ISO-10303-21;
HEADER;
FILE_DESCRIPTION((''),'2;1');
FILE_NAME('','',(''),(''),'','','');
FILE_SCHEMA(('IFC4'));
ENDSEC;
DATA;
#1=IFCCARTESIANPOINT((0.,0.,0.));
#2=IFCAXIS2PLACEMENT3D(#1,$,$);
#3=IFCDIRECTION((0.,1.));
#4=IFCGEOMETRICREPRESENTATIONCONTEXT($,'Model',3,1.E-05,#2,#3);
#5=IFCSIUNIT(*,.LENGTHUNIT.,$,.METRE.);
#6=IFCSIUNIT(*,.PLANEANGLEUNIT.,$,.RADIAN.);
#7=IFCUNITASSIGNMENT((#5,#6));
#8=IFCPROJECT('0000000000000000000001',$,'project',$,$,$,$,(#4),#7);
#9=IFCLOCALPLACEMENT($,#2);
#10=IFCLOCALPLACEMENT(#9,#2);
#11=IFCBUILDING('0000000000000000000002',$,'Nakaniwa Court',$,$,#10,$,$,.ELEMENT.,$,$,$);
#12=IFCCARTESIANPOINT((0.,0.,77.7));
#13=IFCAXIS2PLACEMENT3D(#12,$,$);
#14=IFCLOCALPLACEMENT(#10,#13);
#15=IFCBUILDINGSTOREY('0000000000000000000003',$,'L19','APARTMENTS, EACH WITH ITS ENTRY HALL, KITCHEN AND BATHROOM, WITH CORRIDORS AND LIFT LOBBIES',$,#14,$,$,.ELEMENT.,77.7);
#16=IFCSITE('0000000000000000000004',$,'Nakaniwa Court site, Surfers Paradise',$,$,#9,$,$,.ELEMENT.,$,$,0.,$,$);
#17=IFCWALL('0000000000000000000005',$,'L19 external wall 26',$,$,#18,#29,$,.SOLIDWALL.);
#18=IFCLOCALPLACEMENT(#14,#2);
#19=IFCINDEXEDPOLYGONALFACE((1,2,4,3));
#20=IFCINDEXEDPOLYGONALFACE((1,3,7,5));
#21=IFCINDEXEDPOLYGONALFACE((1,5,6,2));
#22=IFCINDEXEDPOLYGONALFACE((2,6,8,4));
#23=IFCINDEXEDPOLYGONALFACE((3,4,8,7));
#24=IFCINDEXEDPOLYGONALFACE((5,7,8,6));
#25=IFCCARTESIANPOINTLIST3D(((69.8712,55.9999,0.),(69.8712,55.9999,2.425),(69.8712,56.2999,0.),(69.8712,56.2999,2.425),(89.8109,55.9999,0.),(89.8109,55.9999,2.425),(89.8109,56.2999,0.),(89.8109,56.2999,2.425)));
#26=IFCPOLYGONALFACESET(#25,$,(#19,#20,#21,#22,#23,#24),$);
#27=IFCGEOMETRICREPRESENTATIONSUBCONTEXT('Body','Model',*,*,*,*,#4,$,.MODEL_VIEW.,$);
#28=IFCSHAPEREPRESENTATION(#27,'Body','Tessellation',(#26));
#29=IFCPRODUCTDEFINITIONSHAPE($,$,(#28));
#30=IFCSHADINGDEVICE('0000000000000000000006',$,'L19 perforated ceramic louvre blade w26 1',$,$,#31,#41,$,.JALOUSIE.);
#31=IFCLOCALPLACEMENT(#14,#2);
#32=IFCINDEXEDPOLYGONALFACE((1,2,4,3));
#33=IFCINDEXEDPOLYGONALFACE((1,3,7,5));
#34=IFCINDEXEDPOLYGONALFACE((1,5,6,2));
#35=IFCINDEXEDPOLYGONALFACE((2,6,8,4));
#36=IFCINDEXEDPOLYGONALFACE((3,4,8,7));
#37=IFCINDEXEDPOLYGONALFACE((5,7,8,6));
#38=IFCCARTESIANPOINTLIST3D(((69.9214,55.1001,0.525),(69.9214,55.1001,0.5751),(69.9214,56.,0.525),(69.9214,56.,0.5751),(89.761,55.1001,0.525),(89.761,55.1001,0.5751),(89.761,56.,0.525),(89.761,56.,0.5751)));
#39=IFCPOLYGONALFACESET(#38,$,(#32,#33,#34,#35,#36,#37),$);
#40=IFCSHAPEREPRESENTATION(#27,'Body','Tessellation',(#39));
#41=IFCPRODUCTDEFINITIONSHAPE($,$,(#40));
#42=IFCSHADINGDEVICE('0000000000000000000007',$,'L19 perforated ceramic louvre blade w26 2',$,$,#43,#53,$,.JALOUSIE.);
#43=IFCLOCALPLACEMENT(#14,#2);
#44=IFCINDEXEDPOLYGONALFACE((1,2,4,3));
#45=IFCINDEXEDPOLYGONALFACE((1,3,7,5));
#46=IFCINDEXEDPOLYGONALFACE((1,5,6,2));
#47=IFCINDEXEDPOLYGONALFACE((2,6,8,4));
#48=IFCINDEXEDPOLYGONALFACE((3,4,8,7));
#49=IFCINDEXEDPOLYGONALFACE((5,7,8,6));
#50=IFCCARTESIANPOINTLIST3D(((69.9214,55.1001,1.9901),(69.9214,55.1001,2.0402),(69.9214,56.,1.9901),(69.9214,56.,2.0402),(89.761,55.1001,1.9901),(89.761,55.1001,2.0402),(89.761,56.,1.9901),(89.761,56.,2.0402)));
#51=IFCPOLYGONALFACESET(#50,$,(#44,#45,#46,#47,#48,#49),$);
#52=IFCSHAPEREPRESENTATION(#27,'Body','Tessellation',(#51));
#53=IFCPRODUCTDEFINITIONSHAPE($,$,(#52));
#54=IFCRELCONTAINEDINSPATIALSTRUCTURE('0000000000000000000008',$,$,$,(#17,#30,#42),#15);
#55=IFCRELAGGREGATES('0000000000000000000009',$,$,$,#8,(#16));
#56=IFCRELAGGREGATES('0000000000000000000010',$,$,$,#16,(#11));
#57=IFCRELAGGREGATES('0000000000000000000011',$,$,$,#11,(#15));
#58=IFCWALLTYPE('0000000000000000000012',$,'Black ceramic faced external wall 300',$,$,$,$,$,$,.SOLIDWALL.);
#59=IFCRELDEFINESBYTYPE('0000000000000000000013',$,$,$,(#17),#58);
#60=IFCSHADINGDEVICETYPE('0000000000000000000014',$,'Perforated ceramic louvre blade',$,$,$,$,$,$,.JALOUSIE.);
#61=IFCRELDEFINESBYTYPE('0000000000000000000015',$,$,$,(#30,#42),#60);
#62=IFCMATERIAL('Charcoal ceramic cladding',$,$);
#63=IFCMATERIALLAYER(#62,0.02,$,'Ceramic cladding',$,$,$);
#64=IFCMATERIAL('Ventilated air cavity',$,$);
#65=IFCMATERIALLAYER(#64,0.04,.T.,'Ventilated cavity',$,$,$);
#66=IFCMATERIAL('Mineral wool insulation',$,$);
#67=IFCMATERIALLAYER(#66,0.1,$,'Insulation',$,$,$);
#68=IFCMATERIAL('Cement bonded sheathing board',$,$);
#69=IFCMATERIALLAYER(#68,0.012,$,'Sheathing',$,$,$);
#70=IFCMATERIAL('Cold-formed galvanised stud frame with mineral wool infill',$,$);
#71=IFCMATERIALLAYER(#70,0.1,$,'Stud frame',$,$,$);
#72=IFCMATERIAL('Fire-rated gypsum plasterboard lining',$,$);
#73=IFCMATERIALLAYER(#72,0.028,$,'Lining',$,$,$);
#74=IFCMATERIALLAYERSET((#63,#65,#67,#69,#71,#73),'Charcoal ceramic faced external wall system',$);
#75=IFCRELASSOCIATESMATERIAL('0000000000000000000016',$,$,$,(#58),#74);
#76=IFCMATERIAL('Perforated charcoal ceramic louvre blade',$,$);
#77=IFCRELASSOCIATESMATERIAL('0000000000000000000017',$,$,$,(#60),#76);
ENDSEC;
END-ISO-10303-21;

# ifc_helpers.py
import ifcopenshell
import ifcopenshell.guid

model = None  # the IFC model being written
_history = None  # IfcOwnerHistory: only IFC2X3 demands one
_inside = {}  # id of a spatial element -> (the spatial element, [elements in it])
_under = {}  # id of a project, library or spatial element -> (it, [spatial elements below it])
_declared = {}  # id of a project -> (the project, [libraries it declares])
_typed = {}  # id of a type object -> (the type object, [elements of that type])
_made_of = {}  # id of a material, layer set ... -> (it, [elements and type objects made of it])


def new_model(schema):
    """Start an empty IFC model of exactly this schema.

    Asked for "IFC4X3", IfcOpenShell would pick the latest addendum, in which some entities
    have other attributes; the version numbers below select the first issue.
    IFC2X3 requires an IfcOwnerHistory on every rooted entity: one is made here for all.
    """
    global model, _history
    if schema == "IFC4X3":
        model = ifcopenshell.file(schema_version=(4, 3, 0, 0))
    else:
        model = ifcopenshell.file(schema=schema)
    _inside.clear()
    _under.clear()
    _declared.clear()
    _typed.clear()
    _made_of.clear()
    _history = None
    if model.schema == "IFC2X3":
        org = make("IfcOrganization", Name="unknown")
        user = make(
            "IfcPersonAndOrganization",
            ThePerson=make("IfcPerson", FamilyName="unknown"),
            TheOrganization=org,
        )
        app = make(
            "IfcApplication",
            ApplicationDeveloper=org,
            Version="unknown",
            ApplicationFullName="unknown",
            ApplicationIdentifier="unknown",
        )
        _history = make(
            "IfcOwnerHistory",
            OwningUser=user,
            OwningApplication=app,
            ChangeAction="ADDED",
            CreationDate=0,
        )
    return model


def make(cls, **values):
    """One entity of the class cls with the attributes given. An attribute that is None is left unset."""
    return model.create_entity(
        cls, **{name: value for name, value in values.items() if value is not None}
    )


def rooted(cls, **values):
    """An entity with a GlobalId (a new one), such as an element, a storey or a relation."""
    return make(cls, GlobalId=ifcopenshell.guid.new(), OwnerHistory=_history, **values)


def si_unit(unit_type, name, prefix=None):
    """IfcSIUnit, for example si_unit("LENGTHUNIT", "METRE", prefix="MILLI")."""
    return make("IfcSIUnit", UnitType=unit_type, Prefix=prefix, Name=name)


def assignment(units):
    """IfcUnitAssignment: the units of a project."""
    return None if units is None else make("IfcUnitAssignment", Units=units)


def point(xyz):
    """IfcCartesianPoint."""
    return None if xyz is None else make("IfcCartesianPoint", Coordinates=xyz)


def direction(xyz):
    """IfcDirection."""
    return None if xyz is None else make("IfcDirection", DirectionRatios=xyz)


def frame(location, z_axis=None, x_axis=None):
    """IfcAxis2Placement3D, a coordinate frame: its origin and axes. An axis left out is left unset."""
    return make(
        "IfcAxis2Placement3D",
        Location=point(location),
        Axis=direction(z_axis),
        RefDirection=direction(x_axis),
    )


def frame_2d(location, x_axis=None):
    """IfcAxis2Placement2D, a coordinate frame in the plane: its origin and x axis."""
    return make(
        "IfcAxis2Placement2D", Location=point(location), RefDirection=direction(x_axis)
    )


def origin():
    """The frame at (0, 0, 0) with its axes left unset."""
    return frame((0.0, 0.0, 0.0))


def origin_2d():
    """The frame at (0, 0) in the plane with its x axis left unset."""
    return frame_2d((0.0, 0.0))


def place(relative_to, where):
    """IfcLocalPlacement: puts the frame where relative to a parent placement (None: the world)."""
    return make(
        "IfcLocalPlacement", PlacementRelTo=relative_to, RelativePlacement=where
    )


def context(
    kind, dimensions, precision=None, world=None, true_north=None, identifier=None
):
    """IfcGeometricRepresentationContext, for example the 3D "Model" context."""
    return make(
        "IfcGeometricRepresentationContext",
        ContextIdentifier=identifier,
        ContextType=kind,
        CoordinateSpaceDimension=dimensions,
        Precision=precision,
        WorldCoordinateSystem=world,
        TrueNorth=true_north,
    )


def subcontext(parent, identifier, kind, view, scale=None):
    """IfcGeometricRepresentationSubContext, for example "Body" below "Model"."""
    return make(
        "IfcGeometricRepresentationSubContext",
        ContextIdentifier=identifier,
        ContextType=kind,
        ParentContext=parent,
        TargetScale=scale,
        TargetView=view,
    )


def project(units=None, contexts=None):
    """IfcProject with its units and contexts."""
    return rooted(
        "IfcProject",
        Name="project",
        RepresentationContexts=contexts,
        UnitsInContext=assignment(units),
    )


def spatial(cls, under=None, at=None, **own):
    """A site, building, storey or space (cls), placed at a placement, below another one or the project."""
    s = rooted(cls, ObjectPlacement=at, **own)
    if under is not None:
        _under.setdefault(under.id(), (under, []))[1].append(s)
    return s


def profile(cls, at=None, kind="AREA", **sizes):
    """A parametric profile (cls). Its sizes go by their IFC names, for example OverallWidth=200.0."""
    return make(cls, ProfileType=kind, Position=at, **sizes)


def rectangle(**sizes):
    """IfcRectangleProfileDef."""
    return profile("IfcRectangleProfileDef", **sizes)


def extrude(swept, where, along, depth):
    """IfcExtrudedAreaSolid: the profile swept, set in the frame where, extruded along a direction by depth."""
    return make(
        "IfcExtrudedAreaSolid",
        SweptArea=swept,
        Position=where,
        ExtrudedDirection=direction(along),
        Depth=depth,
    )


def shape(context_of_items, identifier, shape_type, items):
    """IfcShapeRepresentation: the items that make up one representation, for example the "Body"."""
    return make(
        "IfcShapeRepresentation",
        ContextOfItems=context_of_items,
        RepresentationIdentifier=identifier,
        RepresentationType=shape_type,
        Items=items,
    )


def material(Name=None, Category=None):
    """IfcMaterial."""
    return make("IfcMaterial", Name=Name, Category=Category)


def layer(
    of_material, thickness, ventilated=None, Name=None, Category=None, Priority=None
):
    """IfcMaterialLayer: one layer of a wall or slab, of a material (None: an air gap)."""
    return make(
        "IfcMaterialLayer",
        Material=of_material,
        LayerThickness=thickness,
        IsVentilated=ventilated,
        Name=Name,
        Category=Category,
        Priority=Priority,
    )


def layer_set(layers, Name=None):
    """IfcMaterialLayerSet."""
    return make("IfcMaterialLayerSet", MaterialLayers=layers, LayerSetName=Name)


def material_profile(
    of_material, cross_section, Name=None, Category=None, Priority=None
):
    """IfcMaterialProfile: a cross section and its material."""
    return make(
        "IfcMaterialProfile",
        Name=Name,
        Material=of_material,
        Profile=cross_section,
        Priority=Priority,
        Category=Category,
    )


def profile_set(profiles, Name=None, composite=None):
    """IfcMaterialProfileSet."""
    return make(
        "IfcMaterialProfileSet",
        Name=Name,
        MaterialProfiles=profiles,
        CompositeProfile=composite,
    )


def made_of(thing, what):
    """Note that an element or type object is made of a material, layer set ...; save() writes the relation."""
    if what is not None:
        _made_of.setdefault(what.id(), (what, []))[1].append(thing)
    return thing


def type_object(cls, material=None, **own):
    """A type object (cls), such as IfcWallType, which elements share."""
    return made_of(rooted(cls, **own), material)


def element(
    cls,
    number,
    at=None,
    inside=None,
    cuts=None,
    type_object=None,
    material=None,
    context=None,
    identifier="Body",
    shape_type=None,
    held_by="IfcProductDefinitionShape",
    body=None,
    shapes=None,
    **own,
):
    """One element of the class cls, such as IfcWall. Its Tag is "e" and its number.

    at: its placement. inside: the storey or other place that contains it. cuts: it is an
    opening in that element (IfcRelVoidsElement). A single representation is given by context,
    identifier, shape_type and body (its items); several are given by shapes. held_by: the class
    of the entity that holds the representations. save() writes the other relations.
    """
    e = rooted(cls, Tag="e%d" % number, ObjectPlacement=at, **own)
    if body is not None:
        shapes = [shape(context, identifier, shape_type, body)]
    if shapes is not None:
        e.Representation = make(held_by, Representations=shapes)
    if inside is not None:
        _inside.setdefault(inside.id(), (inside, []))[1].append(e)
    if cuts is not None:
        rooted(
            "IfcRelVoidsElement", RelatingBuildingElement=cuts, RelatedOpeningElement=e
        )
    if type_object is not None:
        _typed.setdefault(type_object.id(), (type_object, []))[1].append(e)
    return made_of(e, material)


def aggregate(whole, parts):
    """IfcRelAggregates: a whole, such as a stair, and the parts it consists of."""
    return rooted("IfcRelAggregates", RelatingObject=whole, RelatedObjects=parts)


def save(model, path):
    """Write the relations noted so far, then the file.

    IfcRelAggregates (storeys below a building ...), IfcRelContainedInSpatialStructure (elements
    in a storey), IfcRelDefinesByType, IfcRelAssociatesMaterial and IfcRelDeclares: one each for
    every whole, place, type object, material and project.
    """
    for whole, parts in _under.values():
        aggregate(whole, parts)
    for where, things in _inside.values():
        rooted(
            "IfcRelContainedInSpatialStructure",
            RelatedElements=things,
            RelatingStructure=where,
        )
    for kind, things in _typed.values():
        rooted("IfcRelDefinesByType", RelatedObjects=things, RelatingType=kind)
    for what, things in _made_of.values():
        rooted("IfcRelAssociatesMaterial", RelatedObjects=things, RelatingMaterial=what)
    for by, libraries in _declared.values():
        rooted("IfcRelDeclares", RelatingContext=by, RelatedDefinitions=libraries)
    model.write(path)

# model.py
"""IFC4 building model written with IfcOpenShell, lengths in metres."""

from ifc_helpers import new_model, si_unit, direction, frame, frame_2d, origin, origin_2d, place, context, subcontext, project, spatial, rectangle, extrude, material, layer, layer_set, material_profile, profile_set, type_object, element, save


model = new_model("IFC4")

# Units and contexts
model_context = context("Model", 3, precision=1e-05, world=origin(), true_north=direction((0.0, 1.0)))
body_context = subcontext(model_context, "Body", "Model", "MODEL_VIEW")
ifc_project = project(units=[si_unit("LENGTHUNIT", "METRE"), si_unit("PLANEANGLEUNIT", "RADIAN")], contexts=[model_context])

# Site, building, storey
site_placement = place(None, origin())
site = spatial("IfcSite", under=ifc_project, at=site_placement, Name="Nakaniwa Court site, Surfers Paradise", CompositionType="ELEMENT", RefElevation=0.0)
building_placement = place(site_placement, origin())
building = spatial("IfcBuilding", under=site, at=building_placement, Name="Nakaniwa Court", CompositionType="ELEMENT")
storey_placement = place(building_placement, frame((0.0, 0.0, 77.7)))
storey = spatial("IfcBuildingStorey", under=building, at=storey_placement, Name="L19", Description="APARTMENTS, EACH WITH ITS ENTRY HALL, KITCHEN AND BATHROOM, WITH CORRIDORS AND LIFT LOBBIES", CompositionType="ELEMENT", Elevation=77.7)

# Shared definitions
ifc_material_1 = material(Name="Charcoal ceramic cladding")
ifc_layer_1 = layer(ifc_material_1, 0.02, Name="Ceramic cladding")
ifc_material_2 = material(Name="Ventilated air cavity")
ifc_layer_2 = layer(ifc_material_2, 0.04, ventilated=True, Name="Ventilated cavity")
ifc_material_3 = material(Name="Mineral wool insulation")
ifc_layer_3 = layer(ifc_material_3, 0.1, Name="Insulation")
ifc_material_4 = material(Name="Cement bonded sheathing board")
ifc_layer_4 = layer(ifc_material_4, 0.012, Name="Sheathing")
ifc_material_5 = material(Name="Cold-formed galvanised stud frame with mineral wool infill")
ifc_layer_5 = layer(ifc_material_5, 0.1, Name="Stud frame")
ifc_material_6 = material(Name="Fire-rated gypsum plasterboard lining")
ifc_layer_6 = layer(ifc_material_6, 0.028, Name="Lining")
ifc_layer_set_1 = layer_set([ifc_layer_1, ifc_layer_2, ifc_layer_3, ifc_layer_4, ifc_layer_5, ifc_layer_6], Name="Charcoal ceramic faced external wall system")
wall_type_1 = type_object("IfcWallType", Name="Black ceramic faced external wall 300", PredefinedType="SOLIDWALL", material=ifc_layer_set_1)

# Wall
wall_1_placement = place(storey_placement, frame((69.8713, 56.1499, 0.0), z_axis=(0.0, 0.0, 1.0), x_axis=(1.0, 0.0, 0.0)))
element("IfcWall", 1, at=wall_1_placement, inside=storey, type_object=wall_type_1, Name="L19 external wall 26", PredefinedType="SOLIDWALL", context=body_context, shape_type="SweptSolid", body=[
    extrude(rectangle(XDim=19.9397, YDim=0.3, at=frame_2d((9.9697, 0.0))), origin(), (0.0, 0.0, 1.0), 2.425),
])

# Shading devices
ifc_material_7 = material(Name="Perforated charcoal ceramic louvre blade")
ifc_material_profile_1 = material_profile(ifc_material_7, rectangle(XDim=0.8999, YDim=0.05, at=origin_2d()), Name="Perforated ceramic louvre blade")
ifc_profile_set_1 = profile_set([ifc_material_profile_1], Name="Perforated charcoal ceramic louvre blade")
shading_device_type = type_object("IfcShadingDeviceType", Name="Perforated ceramic louvre blade", PredefinedType="JALOUSIE", material=ifc_profile_set_1)
for number, where, z_axis, x_axis, name in (
    (2, (69.9214, 55.55, 0.55), (1.0, 0.0, 0.0), (0.0, 1.0, 0.0), "L19 perforated ceramic louvre blade w26 1"),
    (3, (69.9214, 55.55, 2.0151), (1.0, 0.0, 0.0), (0.0, 1.0, 0.0), "L19 perforated ceramic louvre blade w26 2"),
):
    element("IfcShadingDevice", number, at=place(storey_placement, frame(where, z_axis=z_axis, x_axis=x_axis)), inside=storey, type_object=shading_device_type, Name=name, PredefinedType="JALOUSIE", context=body_context, shape_type="SweptSolid", body=[
        extrude(rectangle(XDim=0.8999, YDim=0.05, at=origin_2d()), origin(), (0.0, 0.0, 1.0), 19.8396),
    ])

save(model, "model.ifc")
